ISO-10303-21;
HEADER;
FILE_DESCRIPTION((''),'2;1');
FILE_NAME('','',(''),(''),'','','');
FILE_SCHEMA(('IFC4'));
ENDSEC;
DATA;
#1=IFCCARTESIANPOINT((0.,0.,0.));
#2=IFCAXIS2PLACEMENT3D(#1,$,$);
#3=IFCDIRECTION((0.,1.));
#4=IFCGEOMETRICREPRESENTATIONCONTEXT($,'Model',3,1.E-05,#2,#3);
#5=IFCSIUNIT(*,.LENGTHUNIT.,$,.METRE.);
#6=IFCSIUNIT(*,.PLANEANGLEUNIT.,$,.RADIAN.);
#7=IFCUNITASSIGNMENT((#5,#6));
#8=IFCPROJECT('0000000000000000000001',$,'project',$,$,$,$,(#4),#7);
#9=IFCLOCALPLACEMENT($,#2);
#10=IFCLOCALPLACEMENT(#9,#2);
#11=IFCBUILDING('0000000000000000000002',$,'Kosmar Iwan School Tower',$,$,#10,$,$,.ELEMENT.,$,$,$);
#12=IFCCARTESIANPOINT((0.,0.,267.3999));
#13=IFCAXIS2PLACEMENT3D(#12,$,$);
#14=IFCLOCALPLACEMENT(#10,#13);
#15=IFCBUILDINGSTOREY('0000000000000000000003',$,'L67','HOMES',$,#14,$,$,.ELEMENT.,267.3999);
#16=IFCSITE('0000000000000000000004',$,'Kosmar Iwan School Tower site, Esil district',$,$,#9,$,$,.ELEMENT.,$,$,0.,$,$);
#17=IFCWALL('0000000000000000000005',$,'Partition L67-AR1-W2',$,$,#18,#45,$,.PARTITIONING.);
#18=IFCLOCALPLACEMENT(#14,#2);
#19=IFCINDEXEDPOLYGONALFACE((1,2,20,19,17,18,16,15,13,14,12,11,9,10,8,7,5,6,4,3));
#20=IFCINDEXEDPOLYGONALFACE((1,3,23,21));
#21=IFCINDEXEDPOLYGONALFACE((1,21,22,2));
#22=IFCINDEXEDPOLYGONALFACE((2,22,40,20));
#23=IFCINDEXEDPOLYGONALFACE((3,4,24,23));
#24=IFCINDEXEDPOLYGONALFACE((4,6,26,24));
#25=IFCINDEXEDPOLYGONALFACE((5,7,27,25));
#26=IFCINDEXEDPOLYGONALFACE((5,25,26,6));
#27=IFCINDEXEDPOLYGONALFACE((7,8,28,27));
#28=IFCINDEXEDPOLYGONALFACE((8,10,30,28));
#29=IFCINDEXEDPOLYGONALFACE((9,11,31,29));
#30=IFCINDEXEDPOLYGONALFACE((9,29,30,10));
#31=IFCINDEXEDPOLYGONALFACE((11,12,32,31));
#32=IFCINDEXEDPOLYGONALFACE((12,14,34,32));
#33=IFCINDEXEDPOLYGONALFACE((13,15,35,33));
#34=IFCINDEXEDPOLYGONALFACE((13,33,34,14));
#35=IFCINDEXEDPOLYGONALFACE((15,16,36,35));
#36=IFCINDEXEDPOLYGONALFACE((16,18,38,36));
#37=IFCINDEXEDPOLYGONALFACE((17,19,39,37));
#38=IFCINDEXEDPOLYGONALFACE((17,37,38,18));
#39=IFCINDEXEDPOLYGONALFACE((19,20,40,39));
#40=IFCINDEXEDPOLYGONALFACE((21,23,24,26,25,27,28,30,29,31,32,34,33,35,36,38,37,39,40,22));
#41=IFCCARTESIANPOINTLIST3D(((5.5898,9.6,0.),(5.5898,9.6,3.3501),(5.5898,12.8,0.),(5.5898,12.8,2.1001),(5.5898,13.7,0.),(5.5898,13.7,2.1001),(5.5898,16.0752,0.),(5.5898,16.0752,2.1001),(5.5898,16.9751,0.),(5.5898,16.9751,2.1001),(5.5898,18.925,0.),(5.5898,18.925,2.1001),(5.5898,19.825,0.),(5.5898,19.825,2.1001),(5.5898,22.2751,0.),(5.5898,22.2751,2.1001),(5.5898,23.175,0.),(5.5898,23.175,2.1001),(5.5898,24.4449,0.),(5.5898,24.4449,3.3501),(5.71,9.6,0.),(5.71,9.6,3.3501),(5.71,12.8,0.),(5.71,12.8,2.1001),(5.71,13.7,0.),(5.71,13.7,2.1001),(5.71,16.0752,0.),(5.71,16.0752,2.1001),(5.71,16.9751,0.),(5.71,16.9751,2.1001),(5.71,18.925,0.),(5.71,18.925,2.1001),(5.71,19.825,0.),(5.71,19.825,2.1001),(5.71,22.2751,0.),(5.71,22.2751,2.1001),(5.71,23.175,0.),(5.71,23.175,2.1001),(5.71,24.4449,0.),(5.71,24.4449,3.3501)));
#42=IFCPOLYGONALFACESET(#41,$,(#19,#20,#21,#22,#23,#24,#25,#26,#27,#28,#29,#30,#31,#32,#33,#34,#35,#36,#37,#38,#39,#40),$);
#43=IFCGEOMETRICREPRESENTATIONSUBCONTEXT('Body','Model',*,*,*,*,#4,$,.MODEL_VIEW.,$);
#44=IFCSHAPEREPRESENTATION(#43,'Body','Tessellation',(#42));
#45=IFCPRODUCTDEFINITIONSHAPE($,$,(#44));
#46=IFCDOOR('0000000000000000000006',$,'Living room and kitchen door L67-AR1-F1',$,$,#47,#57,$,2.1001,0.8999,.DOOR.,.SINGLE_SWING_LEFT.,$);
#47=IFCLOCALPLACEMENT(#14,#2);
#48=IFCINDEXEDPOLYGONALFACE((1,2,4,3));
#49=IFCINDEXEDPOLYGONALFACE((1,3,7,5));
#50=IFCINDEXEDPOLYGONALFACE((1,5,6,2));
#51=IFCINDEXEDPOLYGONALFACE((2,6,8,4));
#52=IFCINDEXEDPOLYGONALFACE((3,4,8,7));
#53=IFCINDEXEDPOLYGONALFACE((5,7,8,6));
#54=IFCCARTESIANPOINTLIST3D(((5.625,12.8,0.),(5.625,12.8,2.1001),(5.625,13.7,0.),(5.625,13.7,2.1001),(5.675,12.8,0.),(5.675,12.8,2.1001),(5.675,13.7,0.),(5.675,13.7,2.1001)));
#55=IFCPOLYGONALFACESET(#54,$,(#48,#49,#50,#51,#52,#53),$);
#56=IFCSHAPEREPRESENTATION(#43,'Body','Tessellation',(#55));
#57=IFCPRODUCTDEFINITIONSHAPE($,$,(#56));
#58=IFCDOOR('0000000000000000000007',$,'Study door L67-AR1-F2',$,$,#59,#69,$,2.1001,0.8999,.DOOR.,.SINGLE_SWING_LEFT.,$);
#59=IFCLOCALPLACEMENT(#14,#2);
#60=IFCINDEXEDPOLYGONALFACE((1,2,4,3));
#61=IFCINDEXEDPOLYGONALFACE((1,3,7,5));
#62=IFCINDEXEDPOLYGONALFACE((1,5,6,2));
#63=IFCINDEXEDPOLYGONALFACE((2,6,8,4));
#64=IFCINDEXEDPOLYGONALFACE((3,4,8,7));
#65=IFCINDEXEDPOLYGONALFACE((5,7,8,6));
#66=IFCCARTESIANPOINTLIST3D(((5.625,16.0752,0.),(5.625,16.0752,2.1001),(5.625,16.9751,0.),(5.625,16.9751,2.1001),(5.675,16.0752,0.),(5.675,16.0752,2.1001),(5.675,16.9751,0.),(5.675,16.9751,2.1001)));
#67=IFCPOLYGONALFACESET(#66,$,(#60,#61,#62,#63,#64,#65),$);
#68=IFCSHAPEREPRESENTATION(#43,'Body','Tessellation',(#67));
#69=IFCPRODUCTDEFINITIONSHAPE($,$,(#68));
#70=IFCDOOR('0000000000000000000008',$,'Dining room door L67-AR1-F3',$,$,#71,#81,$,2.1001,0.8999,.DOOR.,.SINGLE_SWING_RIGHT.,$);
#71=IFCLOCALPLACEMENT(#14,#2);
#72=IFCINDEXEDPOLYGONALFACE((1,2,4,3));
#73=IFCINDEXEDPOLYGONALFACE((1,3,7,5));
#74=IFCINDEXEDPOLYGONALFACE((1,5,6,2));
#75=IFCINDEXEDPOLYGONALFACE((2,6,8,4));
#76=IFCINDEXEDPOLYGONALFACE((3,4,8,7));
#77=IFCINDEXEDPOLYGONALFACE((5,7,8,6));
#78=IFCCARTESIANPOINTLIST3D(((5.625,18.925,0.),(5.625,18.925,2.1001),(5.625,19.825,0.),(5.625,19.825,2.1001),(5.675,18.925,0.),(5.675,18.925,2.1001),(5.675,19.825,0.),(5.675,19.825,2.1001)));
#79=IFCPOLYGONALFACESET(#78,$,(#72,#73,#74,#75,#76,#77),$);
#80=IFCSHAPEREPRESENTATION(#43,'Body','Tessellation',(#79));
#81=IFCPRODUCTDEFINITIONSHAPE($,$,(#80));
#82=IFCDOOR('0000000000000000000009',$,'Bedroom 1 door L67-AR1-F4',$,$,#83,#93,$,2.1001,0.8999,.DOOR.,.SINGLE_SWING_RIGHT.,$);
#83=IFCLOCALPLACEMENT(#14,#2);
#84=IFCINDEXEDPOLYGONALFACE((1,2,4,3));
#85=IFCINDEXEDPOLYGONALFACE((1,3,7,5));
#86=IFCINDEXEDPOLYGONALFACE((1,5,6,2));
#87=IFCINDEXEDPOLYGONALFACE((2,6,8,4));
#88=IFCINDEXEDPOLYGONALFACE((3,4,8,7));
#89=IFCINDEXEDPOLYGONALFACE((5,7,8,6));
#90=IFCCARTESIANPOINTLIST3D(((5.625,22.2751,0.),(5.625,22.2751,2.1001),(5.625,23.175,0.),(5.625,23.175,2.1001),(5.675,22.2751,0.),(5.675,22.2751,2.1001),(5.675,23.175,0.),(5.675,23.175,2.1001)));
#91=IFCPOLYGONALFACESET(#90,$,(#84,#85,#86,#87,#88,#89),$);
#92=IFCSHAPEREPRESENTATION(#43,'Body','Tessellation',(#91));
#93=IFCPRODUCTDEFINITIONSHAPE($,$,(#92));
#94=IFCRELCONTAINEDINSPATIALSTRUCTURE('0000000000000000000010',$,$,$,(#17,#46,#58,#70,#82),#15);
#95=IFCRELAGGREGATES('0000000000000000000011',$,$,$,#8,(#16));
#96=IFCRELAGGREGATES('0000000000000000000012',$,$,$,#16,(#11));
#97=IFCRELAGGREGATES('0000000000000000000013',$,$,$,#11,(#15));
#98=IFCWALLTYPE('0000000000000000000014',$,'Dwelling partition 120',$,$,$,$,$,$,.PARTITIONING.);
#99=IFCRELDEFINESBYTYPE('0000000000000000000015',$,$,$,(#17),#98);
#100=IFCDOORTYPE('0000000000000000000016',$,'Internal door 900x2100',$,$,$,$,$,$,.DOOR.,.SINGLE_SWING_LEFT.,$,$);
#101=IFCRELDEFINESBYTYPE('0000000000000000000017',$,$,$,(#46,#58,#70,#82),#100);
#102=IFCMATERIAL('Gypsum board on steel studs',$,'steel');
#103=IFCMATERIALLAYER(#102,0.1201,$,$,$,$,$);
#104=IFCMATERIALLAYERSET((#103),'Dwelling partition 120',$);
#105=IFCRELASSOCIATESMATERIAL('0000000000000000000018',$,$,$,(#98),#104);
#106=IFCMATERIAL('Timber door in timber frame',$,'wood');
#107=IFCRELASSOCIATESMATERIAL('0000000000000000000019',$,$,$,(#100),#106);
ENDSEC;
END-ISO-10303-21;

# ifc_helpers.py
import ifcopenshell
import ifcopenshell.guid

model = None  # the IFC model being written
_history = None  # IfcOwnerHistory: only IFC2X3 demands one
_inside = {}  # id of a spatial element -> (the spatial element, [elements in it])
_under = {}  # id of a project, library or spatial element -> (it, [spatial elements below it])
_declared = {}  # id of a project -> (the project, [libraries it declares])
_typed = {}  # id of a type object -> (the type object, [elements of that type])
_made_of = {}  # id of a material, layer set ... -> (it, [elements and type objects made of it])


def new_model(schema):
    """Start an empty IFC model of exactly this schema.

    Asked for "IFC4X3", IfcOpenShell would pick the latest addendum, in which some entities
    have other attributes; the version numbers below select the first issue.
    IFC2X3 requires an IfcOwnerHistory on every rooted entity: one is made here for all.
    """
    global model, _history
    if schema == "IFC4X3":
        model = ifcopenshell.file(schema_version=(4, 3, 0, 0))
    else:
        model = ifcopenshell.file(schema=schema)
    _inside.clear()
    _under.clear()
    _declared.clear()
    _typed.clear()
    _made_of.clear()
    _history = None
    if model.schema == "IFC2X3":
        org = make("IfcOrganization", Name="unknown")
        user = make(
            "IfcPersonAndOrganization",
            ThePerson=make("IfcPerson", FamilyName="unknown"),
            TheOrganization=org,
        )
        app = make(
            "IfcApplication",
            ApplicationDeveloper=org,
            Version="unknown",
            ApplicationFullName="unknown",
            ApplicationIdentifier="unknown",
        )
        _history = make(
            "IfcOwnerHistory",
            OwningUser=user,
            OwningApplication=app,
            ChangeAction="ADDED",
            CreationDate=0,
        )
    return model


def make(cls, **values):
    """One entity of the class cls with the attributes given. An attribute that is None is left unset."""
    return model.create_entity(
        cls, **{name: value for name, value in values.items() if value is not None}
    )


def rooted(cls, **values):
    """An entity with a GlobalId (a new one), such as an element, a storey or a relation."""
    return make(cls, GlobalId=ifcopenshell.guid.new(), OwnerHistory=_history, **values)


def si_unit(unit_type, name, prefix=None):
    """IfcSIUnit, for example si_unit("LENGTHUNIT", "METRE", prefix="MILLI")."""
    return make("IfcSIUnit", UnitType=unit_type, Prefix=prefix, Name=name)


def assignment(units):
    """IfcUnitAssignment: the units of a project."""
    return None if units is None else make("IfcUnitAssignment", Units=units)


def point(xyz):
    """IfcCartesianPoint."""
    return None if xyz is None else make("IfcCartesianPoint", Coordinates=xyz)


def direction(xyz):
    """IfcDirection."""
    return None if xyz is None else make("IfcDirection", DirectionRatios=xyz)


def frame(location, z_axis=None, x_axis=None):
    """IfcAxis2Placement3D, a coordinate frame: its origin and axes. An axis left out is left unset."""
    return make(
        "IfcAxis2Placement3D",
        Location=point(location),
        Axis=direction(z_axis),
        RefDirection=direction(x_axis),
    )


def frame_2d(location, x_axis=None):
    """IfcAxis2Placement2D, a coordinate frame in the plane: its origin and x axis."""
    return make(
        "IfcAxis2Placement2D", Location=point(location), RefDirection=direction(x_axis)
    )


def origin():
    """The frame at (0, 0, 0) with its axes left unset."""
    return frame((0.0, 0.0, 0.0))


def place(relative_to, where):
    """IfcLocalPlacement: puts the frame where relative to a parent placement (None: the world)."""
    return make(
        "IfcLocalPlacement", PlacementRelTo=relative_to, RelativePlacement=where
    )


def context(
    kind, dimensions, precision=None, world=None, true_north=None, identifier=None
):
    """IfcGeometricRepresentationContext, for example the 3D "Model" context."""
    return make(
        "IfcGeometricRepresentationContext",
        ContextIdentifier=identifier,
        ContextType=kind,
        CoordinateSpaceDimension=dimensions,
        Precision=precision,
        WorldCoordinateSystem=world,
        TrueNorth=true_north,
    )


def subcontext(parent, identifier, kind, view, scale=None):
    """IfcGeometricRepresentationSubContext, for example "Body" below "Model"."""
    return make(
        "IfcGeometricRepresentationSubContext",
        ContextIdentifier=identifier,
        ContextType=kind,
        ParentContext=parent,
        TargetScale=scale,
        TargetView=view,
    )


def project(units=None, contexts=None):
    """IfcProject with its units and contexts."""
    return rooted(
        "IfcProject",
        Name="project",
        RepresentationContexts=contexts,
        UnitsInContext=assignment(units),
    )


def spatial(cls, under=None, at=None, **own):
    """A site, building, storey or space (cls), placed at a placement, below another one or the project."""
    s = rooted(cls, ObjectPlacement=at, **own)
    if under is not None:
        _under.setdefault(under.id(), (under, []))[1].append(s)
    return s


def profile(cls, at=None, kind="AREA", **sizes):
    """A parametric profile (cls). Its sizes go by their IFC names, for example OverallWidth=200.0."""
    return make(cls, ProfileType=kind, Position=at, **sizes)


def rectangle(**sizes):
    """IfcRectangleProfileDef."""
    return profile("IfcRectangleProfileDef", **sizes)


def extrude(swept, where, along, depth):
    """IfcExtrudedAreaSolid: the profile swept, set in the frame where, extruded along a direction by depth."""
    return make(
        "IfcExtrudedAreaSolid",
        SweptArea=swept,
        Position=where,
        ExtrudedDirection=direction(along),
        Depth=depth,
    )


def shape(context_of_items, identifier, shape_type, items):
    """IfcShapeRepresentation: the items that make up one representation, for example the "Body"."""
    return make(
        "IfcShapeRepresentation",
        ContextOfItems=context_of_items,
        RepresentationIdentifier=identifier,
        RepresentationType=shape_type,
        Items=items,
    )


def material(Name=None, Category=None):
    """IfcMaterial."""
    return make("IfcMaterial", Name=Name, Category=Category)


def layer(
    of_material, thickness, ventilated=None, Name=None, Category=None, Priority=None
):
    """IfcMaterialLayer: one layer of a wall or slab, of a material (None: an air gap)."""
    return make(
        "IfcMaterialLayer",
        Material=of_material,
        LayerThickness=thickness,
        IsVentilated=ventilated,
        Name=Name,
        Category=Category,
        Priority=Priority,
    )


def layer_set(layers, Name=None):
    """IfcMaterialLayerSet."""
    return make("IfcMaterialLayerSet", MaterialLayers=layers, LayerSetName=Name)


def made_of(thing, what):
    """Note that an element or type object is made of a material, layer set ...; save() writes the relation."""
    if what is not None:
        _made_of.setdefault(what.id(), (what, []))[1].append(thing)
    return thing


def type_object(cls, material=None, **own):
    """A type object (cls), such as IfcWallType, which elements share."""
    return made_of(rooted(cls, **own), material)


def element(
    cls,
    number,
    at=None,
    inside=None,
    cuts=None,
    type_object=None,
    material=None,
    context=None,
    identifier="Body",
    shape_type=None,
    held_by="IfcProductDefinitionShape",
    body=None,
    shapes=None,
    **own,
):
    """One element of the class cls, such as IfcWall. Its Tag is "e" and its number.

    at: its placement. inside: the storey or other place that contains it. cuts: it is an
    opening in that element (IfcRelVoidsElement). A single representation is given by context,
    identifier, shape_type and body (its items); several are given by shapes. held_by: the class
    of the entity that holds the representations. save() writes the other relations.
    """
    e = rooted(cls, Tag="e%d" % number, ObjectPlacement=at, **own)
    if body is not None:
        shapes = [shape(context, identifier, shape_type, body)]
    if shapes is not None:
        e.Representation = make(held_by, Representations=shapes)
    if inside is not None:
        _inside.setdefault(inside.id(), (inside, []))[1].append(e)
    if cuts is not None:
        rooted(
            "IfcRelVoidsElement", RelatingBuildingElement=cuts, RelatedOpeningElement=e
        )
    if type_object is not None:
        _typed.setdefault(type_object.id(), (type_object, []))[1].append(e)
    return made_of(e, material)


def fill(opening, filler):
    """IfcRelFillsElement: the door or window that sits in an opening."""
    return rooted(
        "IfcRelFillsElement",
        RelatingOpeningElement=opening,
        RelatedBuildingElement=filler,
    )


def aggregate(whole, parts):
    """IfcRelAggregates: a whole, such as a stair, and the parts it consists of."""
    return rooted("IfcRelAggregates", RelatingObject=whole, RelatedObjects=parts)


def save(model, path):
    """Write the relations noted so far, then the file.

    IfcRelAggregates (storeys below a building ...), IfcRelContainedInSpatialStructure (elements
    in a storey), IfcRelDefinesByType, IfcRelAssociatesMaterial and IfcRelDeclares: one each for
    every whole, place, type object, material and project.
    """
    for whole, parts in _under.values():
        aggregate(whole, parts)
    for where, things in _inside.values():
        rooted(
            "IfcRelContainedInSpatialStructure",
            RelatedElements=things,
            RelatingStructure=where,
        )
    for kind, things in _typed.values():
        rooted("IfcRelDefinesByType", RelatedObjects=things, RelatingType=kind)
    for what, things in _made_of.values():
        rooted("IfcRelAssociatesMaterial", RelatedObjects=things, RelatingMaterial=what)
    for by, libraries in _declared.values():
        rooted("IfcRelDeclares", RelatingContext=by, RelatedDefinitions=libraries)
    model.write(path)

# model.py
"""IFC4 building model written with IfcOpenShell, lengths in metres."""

from ifc_helpers import new_model, si_unit, direction, frame, frame_2d, origin, place, context, subcontext, project, spatial, rectangle, extrude, material, layer, layer_set, type_object, element, fill, save


model = new_model("IFC4")

# Units and contexts
model_context = context("Model", 3, precision=1e-05, world=origin(), true_north=direction((0.0, 1.0)))
body_context = subcontext(model_context, "Body", "Model", "MODEL_VIEW")
ifc_project = project(units=[si_unit("LENGTHUNIT", "METRE"), si_unit("PLANEANGLEUNIT", "RADIAN")], contexts=[model_context])

# Site, building, storey
site_placement = place(None, origin())
site = spatial("IfcSite", under=ifc_project, at=site_placement, Name="Kosmar Iwan School Tower site, Esil district", CompositionType="ELEMENT", RefElevation=0.0)
building_placement = place(site_placement, origin())
building = spatial("IfcBuilding", under=site, at=building_placement, Name="Kosmar Iwan School Tower", CompositionType="ELEMENT")
storey_placement = place(building_placement, frame((0.0, 0.0, 267.3999)))
storey = spatial("IfcBuildingStorey", under=building, at=storey_placement, Name="L67", Description="HOMES", CompositionType="ELEMENT", Elevation=267.3999)

# Wall, openings, doors
ifc_material_1 = material(Name="Gypsum board on steel studs", Category="steel")
ifc_layer = layer(ifc_material_1, 0.1201)
ifc_layer_set = layer_set([ifc_layer], Name="Dwelling partition 120")
wall_type = type_object("IfcWallType", Name="Dwelling partition 120", PredefinedType="PARTITIONING", material=ifc_layer_set)
ifc_material_2 = material(Name="Timber door in timber frame", Category="wood")
door_type_1 = type_object("IfcDoorType", Name="Internal door 900x2100", OperationType="SINGLE_SWING_LEFT", PredefinedType="DOOR", material=ifc_material_2)
wall_1_placement = place(storey_placement, frame((5.6499, 9.6001, 0.0), z_axis=(0.0, 0.0, 1.0), x_axis=(0.0, 1.0, 0.0)))
wall_1 = element("IfcWall", 1, at=wall_1_placement, inside=storey, type_object=wall_type, Name="Partition L67-AR1-W2", PredefinedType="PARTITIONING", context=body_context, shape_type="SweptSolid", body=[
    extrude(rectangle(XDim=14.845, YDim=0.1201, at=frame_2d((7.4224, 0.0))), origin(), (0.0, 0.0, 1.0), 3.3501),
])
opening_1_placement = place(wall_1_placement, frame((3.2, 0.0, 0.0)))
opening_1 = element("IfcOpeningElement", 2, at=opening_1_placement, cuts=wall_1, PredefinedType="OPENING", context=body_context, shape_type="SweptSolid", body=[
    extrude(rectangle(XDim=0.8999, YDim=2.1001, at=frame_2d((0.45, 1.05))), frame((0.0, 0.072, 0.0), z_axis=(0.0, -1.0, 0.0), x_axis=(1.0, 0.0, 0.0)), (0.0, 0.0, 1.0), 0.144),
])
opening_2_placement = place(wall_1_placement, frame((6.4751, 0.0, 0.0)))
opening_2 = element("IfcOpeningElement", 3, at=opening_2_placement, cuts=wall_1, PredefinedType="OPENING", context=body_context, shape_type="SweptSolid", body=[
    extrude(rectangle(XDim=0.8999, YDim=2.1001, at=frame_2d((0.45, 1.05))), frame((0.0, 0.072, 0.0), z_axis=(0.0, -1.0, 0.0), x_axis=(1.0, 0.0, 0.0)), (0.0, 0.0, 1.0), 0.144),
])
opening_3_placement = place(wall_1_placement, frame((9.325, 0.0, 0.0)))
opening_3 = element("IfcOpeningElement", 4, at=opening_3_placement, cuts=wall_1, PredefinedType="OPENING", context=body_context, shape_type="SweptSolid", body=[
    extrude(rectangle(XDim=0.8999, YDim=2.1001, at=frame_2d((0.45, 1.05))), frame((0.0, 0.072, 0.0), z_axis=(0.0, -1.0, 0.0), x_axis=(1.0, 0.0, 0.0)), (0.0, 0.0, 1.0), 0.144),
])
opening_4_placement = place(wall_1_placement, frame((12.675, 0.0, 0.0)))
opening_4 = element("IfcOpeningElement", 5, at=opening_4_placement, cuts=wall_1, PredefinedType="OPENING", context=body_context, shape_type="SweptSolid", body=[
    extrude(rectangle(XDim=0.8999, YDim=2.1001, at=frame_2d((0.45, 1.05))), frame((0.0, 0.072, 0.0), z_axis=(0.0, -1.0, 0.0), x_axis=(1.0, 0.0, 0.0)), (0.0, 0.0, 1.0), 0.144),
])
door_1_placement = place(opening_1_placement, origin())
door_1 = element("IfcDoor", 6, at=door_1_placement, inside=storey, type_object=door_type_1, Name="Living room and kitchen door L67-AR1-F1", OperationType="SINGLE_SWING_LEFT", OverallHeight=2.1001, OverallWidth=0.8999, PredefinedType="DOOR", context=body_context, shape_type="SweptSolid", body=[
    extrude(rectangle(XDim=0.8999, YDim=2.1001, at=frame_2d((0.45, 1.05))), frame((0.0, 0.0249, 0.0), z_axis=(0.0, -1.0, 0.0), x_axis=(1.0, 0.0, 0.0)), (0.0, 0.0, 1.0), 0.05),
])
fill(opening_1, door_1)
door_2_placement = place(opening_2_placement, origin())
door_2 = element("IfcDoor", 7, at=door_2_placement, inside=storey, type_object=door_type_1, Name="Study door L67-AR1-F2", OperationType="SINGLE_SWING_LEFT", OverallHeight=2.1001, OverallWidth=0.8999, PredefinedType="DOOR", context=body_context, shape_type="SweptSolid", body=[
    extrude(rectangle(XDim=0.8999, YDim=2.1001, at=frame_2d((0.45, 1.05))), frame((0.0, 0.0249, 0.0), z_axis=(0.0, -1.0, 0.0), x_axis=(1.0, 0.0, 0.0)), (0.0, 0.0, 1.0), 0.05),
])
fill(opening_2, door_2)
door_3_placement = place(opening_3_placement, origin())
door_3 = element("IfcDoor", 8, at=door_3_placement, inside=storey, type_object=door_type_1, Name="Dining room door L67-AR1-F3", OperationType="SINGLE_SWING_RIGHT", OverallHeight=2.1001, OverallWidth=0.8999, PredefinedType="DOOR", context=body_context, shape_type="SweptSolid", body=[
    extrude(rectangle(XDim=0.8999, YDim=2.1001, at=frame_2d((0.45, 1.05))), frame((0.0, 0.0249, 0.0), z_axis=(0.0, -1.0, 0.0), x_axis=(1.0, 0.0, 0.0)), (0.0, 0.0, 1.0), 0.05),
])
fill(opening_3, door_3)
door_4_placement = place(opening_4_placement, origin())
door_4 = element("IfcDoor", 9, at=door_4_placement, inside=storey, type_object=door_type_1, Name="Bedroom 1 door L67-AR1-F4", OperationType="SINGLE_SWING_RIGHT", OverallHeight=2.1001, OverallWidth=0.8999, PredefinedType="DOOR", context=body_context, shape_type="SweptSolid", body=[
    extrude(rectangle(XDim=0.8999, YDim=2.1001, at=frame_2d((0.45, 1.05))), frame((0.0, 0.0249, 0.0), z_axis=(0.0, -1.0, 0.0), x_axis=(1.0, 0.0, 0.0)), (0.0, 0.0, 1.0), 0.05),
])
fill(opening_4, door_4)

save(model, "model.ifc")
